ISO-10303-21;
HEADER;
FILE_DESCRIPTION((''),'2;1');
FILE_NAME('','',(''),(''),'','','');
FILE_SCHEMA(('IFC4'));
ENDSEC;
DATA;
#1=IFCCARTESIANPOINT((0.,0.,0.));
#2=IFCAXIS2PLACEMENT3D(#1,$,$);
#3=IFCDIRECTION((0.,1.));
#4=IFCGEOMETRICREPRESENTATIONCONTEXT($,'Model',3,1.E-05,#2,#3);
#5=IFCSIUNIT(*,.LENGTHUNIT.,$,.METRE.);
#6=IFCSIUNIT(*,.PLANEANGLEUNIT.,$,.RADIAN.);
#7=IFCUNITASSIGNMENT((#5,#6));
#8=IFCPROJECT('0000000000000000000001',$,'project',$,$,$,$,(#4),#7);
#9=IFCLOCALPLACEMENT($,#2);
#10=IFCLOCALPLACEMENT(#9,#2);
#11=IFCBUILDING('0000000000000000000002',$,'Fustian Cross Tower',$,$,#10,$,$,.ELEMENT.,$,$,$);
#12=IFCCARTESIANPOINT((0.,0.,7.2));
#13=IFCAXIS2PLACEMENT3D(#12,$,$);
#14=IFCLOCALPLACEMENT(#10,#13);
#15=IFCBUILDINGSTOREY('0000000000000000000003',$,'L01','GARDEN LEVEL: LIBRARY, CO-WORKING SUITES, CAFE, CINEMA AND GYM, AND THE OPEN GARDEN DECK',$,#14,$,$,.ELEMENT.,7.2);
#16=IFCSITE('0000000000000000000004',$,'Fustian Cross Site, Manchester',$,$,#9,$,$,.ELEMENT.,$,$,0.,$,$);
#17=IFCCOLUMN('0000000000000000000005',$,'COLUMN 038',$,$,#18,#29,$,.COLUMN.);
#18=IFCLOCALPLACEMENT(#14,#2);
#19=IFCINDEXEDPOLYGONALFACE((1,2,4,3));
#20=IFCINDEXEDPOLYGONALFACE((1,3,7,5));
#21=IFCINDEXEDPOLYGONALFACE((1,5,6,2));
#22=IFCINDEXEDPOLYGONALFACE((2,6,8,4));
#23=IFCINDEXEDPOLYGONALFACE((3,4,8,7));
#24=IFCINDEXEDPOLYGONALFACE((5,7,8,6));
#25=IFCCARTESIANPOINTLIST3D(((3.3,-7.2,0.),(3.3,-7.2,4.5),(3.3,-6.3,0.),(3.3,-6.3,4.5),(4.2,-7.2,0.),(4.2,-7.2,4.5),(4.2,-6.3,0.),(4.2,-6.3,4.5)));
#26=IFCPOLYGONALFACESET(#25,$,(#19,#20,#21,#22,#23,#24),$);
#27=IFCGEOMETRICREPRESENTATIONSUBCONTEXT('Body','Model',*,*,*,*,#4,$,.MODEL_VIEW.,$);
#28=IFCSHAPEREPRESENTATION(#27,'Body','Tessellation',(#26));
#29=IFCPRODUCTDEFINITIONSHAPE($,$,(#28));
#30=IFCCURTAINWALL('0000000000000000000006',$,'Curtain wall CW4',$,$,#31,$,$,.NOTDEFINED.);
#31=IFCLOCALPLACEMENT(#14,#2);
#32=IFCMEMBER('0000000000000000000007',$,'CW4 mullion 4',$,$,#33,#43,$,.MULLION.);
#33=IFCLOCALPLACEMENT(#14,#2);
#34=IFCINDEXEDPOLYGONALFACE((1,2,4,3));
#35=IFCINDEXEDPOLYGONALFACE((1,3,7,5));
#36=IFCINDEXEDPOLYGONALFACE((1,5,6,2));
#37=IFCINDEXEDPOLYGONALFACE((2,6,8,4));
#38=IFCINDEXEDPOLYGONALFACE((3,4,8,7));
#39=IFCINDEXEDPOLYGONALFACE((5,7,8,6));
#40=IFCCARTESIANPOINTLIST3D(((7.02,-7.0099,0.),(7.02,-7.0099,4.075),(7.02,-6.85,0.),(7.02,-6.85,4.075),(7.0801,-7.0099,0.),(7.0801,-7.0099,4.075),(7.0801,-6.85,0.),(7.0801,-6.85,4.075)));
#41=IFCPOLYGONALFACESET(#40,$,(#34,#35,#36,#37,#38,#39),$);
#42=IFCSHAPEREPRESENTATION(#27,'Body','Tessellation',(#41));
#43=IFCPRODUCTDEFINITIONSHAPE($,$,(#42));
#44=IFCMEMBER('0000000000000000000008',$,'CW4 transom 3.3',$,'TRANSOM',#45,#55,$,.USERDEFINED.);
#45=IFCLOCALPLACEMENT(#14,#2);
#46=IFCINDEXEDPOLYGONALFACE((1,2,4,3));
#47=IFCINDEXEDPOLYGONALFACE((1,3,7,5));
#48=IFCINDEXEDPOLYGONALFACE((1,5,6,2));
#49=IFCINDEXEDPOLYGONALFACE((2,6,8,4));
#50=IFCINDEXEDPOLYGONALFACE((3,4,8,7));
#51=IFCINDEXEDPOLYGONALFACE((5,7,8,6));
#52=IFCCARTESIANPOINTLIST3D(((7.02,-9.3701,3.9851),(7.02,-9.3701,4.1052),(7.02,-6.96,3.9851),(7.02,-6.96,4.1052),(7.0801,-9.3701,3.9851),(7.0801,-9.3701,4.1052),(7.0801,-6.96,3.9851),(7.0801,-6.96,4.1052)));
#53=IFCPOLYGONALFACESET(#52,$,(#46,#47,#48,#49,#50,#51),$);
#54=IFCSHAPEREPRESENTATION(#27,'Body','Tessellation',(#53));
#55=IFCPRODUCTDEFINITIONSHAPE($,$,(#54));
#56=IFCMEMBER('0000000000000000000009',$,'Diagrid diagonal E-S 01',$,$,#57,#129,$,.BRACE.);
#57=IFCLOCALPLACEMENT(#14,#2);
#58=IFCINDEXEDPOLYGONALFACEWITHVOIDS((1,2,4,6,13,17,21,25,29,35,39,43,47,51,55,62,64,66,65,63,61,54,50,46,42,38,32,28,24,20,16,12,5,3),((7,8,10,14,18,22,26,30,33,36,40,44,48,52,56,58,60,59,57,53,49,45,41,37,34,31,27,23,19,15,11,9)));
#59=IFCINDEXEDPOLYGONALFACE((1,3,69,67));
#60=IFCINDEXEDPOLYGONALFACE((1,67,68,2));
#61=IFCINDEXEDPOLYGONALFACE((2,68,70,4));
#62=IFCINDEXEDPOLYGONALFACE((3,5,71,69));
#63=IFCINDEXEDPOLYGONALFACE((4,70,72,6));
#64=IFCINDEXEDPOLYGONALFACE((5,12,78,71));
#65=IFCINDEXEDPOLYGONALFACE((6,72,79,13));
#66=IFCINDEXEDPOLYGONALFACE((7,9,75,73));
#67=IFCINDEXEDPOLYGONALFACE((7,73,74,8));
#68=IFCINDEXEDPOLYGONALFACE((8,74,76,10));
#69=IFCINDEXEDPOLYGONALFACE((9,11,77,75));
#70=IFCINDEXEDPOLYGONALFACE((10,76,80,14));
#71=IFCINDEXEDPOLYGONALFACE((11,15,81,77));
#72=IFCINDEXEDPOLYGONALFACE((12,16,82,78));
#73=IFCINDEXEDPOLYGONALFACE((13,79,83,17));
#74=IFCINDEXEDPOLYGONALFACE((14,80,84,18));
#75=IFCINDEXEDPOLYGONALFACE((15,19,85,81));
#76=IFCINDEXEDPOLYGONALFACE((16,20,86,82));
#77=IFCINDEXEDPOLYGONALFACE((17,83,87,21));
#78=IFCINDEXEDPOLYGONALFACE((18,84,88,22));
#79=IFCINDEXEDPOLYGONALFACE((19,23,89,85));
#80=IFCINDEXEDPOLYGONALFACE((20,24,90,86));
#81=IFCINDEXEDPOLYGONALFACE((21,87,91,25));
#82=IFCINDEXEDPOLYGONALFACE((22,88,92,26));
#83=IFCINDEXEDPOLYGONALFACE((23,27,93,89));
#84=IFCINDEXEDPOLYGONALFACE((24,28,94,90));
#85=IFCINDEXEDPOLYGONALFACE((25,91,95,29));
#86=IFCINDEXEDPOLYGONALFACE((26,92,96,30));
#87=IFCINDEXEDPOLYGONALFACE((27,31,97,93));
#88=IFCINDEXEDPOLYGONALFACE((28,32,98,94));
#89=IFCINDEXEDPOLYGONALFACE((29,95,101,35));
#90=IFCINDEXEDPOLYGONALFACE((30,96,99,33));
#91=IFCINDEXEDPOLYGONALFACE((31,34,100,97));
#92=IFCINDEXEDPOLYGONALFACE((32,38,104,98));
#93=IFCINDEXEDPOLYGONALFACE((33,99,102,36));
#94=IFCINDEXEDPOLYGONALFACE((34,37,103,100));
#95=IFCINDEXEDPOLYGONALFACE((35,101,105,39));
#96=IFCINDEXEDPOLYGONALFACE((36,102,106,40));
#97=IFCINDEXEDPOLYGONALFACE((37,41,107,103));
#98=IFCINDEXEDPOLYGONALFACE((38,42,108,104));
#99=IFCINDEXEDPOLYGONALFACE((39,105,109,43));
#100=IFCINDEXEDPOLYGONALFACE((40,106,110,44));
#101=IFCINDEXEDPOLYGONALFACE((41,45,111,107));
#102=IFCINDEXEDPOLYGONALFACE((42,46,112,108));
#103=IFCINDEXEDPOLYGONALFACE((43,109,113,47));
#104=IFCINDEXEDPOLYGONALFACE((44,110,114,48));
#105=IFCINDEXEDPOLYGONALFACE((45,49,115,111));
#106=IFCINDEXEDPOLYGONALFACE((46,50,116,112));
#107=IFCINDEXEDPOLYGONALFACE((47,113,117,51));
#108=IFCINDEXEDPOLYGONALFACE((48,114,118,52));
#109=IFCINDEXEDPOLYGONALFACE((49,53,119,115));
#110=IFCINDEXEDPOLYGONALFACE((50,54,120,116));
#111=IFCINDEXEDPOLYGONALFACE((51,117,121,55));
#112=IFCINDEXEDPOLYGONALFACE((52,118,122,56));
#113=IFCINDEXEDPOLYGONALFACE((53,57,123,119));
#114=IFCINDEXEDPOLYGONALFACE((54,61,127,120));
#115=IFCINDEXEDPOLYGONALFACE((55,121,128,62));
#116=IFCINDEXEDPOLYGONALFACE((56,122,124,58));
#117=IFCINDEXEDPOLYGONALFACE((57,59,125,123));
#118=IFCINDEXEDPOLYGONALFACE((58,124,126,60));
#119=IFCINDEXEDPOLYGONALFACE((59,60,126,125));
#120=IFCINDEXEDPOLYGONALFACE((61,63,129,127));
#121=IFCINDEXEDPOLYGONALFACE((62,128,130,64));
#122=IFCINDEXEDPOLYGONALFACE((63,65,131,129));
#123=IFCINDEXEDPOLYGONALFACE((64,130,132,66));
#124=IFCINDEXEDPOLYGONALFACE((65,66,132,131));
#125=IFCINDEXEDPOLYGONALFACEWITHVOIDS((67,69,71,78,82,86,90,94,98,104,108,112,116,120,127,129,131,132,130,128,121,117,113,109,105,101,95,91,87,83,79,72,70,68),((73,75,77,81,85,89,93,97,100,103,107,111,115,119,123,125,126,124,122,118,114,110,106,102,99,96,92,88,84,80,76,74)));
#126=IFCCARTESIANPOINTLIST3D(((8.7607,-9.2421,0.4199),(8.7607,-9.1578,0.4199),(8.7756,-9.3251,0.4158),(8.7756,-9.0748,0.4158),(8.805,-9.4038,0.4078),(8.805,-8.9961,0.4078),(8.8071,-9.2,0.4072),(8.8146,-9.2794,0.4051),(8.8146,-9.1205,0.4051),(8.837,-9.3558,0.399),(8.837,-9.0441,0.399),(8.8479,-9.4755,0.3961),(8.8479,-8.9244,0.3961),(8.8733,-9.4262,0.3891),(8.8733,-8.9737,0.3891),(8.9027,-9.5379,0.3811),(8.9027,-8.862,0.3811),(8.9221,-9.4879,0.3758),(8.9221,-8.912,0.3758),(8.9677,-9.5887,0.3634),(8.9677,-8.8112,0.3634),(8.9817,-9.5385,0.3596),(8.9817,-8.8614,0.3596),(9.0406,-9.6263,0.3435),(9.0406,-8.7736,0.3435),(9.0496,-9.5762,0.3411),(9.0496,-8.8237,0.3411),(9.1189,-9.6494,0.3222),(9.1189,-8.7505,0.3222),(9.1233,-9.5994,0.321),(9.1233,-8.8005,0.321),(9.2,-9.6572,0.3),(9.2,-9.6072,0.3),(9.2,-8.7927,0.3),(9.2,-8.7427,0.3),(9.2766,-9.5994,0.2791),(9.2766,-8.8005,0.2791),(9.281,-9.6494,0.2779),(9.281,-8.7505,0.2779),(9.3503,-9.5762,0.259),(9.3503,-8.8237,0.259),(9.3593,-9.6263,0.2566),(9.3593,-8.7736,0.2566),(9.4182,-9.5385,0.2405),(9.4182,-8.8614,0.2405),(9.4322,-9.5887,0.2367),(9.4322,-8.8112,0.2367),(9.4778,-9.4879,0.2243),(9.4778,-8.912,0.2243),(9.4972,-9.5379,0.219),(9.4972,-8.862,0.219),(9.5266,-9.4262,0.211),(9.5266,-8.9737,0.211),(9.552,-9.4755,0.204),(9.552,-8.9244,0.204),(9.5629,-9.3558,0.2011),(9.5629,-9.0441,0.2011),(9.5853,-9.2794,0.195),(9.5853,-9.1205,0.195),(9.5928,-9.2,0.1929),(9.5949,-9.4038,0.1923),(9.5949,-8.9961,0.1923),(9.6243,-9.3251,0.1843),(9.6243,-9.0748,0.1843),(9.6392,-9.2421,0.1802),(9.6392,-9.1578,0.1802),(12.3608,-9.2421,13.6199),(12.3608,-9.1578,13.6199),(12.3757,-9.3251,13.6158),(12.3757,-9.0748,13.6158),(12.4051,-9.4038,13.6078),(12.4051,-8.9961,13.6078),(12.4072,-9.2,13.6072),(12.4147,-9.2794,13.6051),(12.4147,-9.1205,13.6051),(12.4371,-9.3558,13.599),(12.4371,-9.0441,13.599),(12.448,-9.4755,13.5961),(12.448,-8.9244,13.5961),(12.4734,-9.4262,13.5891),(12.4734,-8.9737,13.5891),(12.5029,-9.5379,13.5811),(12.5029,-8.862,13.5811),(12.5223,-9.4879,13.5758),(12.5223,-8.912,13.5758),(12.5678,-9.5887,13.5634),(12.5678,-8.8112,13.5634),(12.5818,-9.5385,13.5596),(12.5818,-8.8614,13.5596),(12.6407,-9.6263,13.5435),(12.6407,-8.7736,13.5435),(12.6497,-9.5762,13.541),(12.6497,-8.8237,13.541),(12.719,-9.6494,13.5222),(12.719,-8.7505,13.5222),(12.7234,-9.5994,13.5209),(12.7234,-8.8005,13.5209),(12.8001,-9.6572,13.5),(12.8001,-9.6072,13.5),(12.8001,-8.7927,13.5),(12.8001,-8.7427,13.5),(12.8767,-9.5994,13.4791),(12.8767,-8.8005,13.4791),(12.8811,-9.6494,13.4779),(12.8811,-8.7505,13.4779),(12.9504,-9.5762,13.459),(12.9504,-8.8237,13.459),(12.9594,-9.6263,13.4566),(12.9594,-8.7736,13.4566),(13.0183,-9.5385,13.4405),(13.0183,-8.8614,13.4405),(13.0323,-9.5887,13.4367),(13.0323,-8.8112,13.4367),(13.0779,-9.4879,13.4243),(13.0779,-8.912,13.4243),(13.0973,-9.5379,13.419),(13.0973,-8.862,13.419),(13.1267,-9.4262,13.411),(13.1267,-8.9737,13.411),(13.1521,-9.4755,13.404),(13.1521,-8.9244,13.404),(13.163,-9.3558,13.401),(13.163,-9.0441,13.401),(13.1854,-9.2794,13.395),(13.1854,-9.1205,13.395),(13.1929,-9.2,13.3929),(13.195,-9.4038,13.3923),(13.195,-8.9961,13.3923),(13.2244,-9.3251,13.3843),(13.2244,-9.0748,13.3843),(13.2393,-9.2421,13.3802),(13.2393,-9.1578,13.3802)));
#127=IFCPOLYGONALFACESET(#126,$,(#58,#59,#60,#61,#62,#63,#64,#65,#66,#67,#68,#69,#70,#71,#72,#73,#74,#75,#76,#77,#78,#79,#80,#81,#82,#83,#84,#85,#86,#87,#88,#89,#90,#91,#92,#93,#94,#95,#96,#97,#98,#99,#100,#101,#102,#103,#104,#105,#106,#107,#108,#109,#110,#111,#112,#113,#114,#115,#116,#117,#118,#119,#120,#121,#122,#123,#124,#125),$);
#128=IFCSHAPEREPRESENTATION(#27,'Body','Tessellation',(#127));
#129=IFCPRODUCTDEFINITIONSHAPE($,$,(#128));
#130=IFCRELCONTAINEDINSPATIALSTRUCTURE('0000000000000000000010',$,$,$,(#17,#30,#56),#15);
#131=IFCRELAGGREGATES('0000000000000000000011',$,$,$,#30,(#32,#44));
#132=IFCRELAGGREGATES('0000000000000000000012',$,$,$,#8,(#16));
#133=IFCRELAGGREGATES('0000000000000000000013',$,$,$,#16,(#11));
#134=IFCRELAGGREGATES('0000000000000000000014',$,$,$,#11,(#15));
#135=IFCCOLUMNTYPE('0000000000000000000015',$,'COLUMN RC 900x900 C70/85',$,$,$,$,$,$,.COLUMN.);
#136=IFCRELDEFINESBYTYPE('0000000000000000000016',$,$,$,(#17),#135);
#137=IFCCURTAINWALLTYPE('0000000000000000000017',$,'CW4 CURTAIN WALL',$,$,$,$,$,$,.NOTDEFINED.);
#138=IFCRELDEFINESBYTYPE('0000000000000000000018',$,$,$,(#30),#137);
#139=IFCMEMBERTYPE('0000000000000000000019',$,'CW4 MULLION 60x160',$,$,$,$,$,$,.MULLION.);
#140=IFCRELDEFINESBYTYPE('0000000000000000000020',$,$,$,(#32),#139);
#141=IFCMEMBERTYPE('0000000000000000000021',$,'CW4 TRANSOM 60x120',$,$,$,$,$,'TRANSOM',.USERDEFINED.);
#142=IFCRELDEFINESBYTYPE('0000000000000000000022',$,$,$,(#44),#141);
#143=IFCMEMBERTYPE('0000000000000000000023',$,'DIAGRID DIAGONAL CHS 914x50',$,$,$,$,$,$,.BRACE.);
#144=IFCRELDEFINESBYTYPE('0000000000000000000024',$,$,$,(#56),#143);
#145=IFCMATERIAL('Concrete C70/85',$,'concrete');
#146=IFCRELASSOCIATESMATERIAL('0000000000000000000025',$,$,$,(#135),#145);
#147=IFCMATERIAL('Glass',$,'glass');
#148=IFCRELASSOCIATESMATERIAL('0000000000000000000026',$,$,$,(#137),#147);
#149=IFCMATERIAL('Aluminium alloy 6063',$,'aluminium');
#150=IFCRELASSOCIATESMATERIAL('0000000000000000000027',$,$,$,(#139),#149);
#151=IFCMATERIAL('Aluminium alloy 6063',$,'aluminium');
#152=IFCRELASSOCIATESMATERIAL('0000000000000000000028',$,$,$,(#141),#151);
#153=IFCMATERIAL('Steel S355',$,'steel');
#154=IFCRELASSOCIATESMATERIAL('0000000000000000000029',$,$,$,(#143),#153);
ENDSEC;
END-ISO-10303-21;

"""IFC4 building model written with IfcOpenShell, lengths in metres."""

from ifc_helpers import new_model, si_unit, direction, frame, origin, origin_2d, place, context, subcontext, project, spatial, rectangle, hollow_circle, extrude, material, material_profile, profile_set, type_object, element, aggregate, save


model = new_model("IFC4")

# Units and contexts
model_context = context("Model", 3, precision=1e-05, world=origin(), true_north=direction((0.0, 1.0)))
body_context = subcontext(model_context, "Body", "Model", "MODEL_VIEW")
ifc_project = project(units=[si_unit("LENGTHUNIT", "METRE"), si_unit("PLANEANGLEUNIT", "RADIAN")], contexts=[model_context])

# Site, building, storey
site_placement = place(None, origin())
site = spatial("IfcSite", under=ifc_project, at=site_placement, Name="Fustian Cross Site, Manchester", CompositionType="ELEMENT", RefElevation=0.0)
building_placement = place(site_placement, origin())
building = spatial("IfcBuilding", under=site, at=building_placement, Name="Fustian Cross Tower", CompositionType="ELEMENT")
storey_placement = place(building_placement, frame((0.0, 0.0, 7.2)))
storey = spatial("IfcBuildingStorey", under=building, at=storey_placement, Name="L01", Description="GARDEN LEVEL: LIBRARY, CO-WORKING SUITES, CAFE, CINEMA AND GYM, AND THE OPEN GARDEN DECK", CompositionType="ELEMENT", Elevation=7.2)

# Column
ifc_material_1 = material(Name="Concrete C70/85", Category="concrete")
ifc_material_profile_1 = material_profile(ifc_material_1, rectangle(XDim=0.8999, YDim=0.8999, at=origin_2d()), Name="RC 900x900")
ifc_profile_set_1 = profile_set([ifc_material_profile_1], Name="Concrete C70/85")
column_type = type_object("IfcColumnType", Name="COLUMN RC 900x900 C70/85", PredefinedType="COLUMN", material=ifc_profile_set_1)
column_placement = place(storey_placement, frame((3.75, -6.75, 0.0), z_axis=(0.0, 0.0, 1.0), x_axis=(1.0, 0.0, 0.0)))
element("IfcColumn", 1, at=column_placement, inside=storey, type_object=column_type, Name="COLUMN 038", PredefinedType="COLUMN", context=body_context, shape_type="SweptSolid", body=[
    extrude(rectangle(XDim=0.8999, YDim=0.8999, at=origin_2d()), origin(), (0.0, 0.0, 1.0), 4.5),
])

# Curtain wall, members
ifc_material_2 = material(Name="Glass", Category="glass")
curtain_wall_type = type_object("IfcCurtainWallType", Name="CW4 CURTAIN WALL", PredefinedType="NOTDEFINED", material=ifc_material_2)
curtain_wall_placement = place(storey_placement, origin())
curtain_wall = element("IfcCurtainWall", 2, at=curtain_wall_placement, inside=storey, type_object=curtain_wall_type, Name="Curtain wall CW4", PredefinedType="NOTDEFINED")
ifc_material_3 = material(Name="Aluminium alloy 6063", Category="aluminium")
ifc_material_profile_2 = material_profile(ifc_material_3, rectangle(XDim=0.0601, YDim=0.1599, at=origin_2d()), Name="CW4 MULLION 60x160")
ifc_profile_set_2 = profile_set([ifc_material_profile_2], Name="Aluminium alloy 6063")
member_type_1 = type_object("IfcMemberType", Name="CW4 MULLION 60x160", PredefinedType="MULLION", material=ifc_profile_set_2)
member_1_placement = place(storey_placement, frame((7.05, -6.9299, 0.0), z_axis=(0.0, 0.0, 1.0), x_axis=(-1.0, 0.0, 0.0)))
member_1 = element("IfcMember", 3, at=member_1_placement, type_object=member_type_1, Name="CW4 mullion 4", PredefinedType="MULLION", context=body_context, shape_type="SweptSolid", body=[
    extrude(rectangle(XDim=0.0601, YDim=0.1599, at=origin_2d()), origin(), (0.0, 0.0, 1.0), 4.075),
])
ifc_material_4 = material(Name="Aluminium alloy 6063", Category="aluminium")
ifc_material_profile_3 = material_profile(ifc_material_4, rectangle(XDim=0.0601, YDim=0.1201, at=origin_2d()), Name="CW4 TRANSOM 60x120")
ifc_profile_set_3 = profile_set([ifc_material_profile_3], Name="Aluminium alloy 6063")
member_type_2 = type_object("IfcMemberType", Name="CW4 TRANSOM 60x120", ElementType="TRANSOM", PredefinedType="USERDEFINED", material=ifc_profile_set_3)
member_2_placement = place(storey_placement, frame((7.05, -9.3701, 4.0452), z_axis=(0.0, 1.0, 0.0), x_axis=(-1.0, 0.0, 0.0)))
member_2 = element("IfcMember", 4, at=member_2_placement, type_object=member_type_2, Name="CW4 transom 3.3", ObjectType="TRANSOM", PredefinedType="USERDEFINED", context=body_context, shape_type="SweptSolid", body=[
    extrude(rectangle(XDim=0.0601, YDim=0.1201, at=origin_2d()), origin(), (0.0, 0.0, 1.0), 2.4102),
])

# Member
ifc_material_5 = material(Name="Steel S355", Category="steel")
ifc_material_profile_4 = material_profile(ifc_material_5, hollow_circle(Radius=0.4573, WallThickness=0.05, at=origin_2d()), Name="CHS 914x50")
ifc_profile_set_4 = profile_set([ifc_material_profile_4], Name="Steel S355")
member_type_3 = type_object("IfcMemberType", Name="DIAGRID DIAGONAL CHS 914x50", PredefinedType="BRACE", material=ifc_profile_set_4)
for number, where, z_axis, x_axis, name in (
    (5, (9.2, -9.2, 0.3), (0.263125, 0.0, 0.964762), (0.0, 1.0, 0.0), "Diagrid diagonal E-S 01"),
):
    element("IfcMember", number, at=place(storey_placement, frame(where, z_axis=z_axis, x_axis=x_axis)), inside=storey, type_object=member_type_3, Name=name, PredefinedType="BRACE", context=body_context, shape_type="SweptSolid", body=[
        extrude(hollow_circle(Radius=0.4573, WallThickness=0.05, at=origin_2d()), origin(), (0.0, 0.0, 1.0), 13.6821),
    ])

aggregate(curtain_wall, [member_1, member_2])

save(model, "model.ifc")
